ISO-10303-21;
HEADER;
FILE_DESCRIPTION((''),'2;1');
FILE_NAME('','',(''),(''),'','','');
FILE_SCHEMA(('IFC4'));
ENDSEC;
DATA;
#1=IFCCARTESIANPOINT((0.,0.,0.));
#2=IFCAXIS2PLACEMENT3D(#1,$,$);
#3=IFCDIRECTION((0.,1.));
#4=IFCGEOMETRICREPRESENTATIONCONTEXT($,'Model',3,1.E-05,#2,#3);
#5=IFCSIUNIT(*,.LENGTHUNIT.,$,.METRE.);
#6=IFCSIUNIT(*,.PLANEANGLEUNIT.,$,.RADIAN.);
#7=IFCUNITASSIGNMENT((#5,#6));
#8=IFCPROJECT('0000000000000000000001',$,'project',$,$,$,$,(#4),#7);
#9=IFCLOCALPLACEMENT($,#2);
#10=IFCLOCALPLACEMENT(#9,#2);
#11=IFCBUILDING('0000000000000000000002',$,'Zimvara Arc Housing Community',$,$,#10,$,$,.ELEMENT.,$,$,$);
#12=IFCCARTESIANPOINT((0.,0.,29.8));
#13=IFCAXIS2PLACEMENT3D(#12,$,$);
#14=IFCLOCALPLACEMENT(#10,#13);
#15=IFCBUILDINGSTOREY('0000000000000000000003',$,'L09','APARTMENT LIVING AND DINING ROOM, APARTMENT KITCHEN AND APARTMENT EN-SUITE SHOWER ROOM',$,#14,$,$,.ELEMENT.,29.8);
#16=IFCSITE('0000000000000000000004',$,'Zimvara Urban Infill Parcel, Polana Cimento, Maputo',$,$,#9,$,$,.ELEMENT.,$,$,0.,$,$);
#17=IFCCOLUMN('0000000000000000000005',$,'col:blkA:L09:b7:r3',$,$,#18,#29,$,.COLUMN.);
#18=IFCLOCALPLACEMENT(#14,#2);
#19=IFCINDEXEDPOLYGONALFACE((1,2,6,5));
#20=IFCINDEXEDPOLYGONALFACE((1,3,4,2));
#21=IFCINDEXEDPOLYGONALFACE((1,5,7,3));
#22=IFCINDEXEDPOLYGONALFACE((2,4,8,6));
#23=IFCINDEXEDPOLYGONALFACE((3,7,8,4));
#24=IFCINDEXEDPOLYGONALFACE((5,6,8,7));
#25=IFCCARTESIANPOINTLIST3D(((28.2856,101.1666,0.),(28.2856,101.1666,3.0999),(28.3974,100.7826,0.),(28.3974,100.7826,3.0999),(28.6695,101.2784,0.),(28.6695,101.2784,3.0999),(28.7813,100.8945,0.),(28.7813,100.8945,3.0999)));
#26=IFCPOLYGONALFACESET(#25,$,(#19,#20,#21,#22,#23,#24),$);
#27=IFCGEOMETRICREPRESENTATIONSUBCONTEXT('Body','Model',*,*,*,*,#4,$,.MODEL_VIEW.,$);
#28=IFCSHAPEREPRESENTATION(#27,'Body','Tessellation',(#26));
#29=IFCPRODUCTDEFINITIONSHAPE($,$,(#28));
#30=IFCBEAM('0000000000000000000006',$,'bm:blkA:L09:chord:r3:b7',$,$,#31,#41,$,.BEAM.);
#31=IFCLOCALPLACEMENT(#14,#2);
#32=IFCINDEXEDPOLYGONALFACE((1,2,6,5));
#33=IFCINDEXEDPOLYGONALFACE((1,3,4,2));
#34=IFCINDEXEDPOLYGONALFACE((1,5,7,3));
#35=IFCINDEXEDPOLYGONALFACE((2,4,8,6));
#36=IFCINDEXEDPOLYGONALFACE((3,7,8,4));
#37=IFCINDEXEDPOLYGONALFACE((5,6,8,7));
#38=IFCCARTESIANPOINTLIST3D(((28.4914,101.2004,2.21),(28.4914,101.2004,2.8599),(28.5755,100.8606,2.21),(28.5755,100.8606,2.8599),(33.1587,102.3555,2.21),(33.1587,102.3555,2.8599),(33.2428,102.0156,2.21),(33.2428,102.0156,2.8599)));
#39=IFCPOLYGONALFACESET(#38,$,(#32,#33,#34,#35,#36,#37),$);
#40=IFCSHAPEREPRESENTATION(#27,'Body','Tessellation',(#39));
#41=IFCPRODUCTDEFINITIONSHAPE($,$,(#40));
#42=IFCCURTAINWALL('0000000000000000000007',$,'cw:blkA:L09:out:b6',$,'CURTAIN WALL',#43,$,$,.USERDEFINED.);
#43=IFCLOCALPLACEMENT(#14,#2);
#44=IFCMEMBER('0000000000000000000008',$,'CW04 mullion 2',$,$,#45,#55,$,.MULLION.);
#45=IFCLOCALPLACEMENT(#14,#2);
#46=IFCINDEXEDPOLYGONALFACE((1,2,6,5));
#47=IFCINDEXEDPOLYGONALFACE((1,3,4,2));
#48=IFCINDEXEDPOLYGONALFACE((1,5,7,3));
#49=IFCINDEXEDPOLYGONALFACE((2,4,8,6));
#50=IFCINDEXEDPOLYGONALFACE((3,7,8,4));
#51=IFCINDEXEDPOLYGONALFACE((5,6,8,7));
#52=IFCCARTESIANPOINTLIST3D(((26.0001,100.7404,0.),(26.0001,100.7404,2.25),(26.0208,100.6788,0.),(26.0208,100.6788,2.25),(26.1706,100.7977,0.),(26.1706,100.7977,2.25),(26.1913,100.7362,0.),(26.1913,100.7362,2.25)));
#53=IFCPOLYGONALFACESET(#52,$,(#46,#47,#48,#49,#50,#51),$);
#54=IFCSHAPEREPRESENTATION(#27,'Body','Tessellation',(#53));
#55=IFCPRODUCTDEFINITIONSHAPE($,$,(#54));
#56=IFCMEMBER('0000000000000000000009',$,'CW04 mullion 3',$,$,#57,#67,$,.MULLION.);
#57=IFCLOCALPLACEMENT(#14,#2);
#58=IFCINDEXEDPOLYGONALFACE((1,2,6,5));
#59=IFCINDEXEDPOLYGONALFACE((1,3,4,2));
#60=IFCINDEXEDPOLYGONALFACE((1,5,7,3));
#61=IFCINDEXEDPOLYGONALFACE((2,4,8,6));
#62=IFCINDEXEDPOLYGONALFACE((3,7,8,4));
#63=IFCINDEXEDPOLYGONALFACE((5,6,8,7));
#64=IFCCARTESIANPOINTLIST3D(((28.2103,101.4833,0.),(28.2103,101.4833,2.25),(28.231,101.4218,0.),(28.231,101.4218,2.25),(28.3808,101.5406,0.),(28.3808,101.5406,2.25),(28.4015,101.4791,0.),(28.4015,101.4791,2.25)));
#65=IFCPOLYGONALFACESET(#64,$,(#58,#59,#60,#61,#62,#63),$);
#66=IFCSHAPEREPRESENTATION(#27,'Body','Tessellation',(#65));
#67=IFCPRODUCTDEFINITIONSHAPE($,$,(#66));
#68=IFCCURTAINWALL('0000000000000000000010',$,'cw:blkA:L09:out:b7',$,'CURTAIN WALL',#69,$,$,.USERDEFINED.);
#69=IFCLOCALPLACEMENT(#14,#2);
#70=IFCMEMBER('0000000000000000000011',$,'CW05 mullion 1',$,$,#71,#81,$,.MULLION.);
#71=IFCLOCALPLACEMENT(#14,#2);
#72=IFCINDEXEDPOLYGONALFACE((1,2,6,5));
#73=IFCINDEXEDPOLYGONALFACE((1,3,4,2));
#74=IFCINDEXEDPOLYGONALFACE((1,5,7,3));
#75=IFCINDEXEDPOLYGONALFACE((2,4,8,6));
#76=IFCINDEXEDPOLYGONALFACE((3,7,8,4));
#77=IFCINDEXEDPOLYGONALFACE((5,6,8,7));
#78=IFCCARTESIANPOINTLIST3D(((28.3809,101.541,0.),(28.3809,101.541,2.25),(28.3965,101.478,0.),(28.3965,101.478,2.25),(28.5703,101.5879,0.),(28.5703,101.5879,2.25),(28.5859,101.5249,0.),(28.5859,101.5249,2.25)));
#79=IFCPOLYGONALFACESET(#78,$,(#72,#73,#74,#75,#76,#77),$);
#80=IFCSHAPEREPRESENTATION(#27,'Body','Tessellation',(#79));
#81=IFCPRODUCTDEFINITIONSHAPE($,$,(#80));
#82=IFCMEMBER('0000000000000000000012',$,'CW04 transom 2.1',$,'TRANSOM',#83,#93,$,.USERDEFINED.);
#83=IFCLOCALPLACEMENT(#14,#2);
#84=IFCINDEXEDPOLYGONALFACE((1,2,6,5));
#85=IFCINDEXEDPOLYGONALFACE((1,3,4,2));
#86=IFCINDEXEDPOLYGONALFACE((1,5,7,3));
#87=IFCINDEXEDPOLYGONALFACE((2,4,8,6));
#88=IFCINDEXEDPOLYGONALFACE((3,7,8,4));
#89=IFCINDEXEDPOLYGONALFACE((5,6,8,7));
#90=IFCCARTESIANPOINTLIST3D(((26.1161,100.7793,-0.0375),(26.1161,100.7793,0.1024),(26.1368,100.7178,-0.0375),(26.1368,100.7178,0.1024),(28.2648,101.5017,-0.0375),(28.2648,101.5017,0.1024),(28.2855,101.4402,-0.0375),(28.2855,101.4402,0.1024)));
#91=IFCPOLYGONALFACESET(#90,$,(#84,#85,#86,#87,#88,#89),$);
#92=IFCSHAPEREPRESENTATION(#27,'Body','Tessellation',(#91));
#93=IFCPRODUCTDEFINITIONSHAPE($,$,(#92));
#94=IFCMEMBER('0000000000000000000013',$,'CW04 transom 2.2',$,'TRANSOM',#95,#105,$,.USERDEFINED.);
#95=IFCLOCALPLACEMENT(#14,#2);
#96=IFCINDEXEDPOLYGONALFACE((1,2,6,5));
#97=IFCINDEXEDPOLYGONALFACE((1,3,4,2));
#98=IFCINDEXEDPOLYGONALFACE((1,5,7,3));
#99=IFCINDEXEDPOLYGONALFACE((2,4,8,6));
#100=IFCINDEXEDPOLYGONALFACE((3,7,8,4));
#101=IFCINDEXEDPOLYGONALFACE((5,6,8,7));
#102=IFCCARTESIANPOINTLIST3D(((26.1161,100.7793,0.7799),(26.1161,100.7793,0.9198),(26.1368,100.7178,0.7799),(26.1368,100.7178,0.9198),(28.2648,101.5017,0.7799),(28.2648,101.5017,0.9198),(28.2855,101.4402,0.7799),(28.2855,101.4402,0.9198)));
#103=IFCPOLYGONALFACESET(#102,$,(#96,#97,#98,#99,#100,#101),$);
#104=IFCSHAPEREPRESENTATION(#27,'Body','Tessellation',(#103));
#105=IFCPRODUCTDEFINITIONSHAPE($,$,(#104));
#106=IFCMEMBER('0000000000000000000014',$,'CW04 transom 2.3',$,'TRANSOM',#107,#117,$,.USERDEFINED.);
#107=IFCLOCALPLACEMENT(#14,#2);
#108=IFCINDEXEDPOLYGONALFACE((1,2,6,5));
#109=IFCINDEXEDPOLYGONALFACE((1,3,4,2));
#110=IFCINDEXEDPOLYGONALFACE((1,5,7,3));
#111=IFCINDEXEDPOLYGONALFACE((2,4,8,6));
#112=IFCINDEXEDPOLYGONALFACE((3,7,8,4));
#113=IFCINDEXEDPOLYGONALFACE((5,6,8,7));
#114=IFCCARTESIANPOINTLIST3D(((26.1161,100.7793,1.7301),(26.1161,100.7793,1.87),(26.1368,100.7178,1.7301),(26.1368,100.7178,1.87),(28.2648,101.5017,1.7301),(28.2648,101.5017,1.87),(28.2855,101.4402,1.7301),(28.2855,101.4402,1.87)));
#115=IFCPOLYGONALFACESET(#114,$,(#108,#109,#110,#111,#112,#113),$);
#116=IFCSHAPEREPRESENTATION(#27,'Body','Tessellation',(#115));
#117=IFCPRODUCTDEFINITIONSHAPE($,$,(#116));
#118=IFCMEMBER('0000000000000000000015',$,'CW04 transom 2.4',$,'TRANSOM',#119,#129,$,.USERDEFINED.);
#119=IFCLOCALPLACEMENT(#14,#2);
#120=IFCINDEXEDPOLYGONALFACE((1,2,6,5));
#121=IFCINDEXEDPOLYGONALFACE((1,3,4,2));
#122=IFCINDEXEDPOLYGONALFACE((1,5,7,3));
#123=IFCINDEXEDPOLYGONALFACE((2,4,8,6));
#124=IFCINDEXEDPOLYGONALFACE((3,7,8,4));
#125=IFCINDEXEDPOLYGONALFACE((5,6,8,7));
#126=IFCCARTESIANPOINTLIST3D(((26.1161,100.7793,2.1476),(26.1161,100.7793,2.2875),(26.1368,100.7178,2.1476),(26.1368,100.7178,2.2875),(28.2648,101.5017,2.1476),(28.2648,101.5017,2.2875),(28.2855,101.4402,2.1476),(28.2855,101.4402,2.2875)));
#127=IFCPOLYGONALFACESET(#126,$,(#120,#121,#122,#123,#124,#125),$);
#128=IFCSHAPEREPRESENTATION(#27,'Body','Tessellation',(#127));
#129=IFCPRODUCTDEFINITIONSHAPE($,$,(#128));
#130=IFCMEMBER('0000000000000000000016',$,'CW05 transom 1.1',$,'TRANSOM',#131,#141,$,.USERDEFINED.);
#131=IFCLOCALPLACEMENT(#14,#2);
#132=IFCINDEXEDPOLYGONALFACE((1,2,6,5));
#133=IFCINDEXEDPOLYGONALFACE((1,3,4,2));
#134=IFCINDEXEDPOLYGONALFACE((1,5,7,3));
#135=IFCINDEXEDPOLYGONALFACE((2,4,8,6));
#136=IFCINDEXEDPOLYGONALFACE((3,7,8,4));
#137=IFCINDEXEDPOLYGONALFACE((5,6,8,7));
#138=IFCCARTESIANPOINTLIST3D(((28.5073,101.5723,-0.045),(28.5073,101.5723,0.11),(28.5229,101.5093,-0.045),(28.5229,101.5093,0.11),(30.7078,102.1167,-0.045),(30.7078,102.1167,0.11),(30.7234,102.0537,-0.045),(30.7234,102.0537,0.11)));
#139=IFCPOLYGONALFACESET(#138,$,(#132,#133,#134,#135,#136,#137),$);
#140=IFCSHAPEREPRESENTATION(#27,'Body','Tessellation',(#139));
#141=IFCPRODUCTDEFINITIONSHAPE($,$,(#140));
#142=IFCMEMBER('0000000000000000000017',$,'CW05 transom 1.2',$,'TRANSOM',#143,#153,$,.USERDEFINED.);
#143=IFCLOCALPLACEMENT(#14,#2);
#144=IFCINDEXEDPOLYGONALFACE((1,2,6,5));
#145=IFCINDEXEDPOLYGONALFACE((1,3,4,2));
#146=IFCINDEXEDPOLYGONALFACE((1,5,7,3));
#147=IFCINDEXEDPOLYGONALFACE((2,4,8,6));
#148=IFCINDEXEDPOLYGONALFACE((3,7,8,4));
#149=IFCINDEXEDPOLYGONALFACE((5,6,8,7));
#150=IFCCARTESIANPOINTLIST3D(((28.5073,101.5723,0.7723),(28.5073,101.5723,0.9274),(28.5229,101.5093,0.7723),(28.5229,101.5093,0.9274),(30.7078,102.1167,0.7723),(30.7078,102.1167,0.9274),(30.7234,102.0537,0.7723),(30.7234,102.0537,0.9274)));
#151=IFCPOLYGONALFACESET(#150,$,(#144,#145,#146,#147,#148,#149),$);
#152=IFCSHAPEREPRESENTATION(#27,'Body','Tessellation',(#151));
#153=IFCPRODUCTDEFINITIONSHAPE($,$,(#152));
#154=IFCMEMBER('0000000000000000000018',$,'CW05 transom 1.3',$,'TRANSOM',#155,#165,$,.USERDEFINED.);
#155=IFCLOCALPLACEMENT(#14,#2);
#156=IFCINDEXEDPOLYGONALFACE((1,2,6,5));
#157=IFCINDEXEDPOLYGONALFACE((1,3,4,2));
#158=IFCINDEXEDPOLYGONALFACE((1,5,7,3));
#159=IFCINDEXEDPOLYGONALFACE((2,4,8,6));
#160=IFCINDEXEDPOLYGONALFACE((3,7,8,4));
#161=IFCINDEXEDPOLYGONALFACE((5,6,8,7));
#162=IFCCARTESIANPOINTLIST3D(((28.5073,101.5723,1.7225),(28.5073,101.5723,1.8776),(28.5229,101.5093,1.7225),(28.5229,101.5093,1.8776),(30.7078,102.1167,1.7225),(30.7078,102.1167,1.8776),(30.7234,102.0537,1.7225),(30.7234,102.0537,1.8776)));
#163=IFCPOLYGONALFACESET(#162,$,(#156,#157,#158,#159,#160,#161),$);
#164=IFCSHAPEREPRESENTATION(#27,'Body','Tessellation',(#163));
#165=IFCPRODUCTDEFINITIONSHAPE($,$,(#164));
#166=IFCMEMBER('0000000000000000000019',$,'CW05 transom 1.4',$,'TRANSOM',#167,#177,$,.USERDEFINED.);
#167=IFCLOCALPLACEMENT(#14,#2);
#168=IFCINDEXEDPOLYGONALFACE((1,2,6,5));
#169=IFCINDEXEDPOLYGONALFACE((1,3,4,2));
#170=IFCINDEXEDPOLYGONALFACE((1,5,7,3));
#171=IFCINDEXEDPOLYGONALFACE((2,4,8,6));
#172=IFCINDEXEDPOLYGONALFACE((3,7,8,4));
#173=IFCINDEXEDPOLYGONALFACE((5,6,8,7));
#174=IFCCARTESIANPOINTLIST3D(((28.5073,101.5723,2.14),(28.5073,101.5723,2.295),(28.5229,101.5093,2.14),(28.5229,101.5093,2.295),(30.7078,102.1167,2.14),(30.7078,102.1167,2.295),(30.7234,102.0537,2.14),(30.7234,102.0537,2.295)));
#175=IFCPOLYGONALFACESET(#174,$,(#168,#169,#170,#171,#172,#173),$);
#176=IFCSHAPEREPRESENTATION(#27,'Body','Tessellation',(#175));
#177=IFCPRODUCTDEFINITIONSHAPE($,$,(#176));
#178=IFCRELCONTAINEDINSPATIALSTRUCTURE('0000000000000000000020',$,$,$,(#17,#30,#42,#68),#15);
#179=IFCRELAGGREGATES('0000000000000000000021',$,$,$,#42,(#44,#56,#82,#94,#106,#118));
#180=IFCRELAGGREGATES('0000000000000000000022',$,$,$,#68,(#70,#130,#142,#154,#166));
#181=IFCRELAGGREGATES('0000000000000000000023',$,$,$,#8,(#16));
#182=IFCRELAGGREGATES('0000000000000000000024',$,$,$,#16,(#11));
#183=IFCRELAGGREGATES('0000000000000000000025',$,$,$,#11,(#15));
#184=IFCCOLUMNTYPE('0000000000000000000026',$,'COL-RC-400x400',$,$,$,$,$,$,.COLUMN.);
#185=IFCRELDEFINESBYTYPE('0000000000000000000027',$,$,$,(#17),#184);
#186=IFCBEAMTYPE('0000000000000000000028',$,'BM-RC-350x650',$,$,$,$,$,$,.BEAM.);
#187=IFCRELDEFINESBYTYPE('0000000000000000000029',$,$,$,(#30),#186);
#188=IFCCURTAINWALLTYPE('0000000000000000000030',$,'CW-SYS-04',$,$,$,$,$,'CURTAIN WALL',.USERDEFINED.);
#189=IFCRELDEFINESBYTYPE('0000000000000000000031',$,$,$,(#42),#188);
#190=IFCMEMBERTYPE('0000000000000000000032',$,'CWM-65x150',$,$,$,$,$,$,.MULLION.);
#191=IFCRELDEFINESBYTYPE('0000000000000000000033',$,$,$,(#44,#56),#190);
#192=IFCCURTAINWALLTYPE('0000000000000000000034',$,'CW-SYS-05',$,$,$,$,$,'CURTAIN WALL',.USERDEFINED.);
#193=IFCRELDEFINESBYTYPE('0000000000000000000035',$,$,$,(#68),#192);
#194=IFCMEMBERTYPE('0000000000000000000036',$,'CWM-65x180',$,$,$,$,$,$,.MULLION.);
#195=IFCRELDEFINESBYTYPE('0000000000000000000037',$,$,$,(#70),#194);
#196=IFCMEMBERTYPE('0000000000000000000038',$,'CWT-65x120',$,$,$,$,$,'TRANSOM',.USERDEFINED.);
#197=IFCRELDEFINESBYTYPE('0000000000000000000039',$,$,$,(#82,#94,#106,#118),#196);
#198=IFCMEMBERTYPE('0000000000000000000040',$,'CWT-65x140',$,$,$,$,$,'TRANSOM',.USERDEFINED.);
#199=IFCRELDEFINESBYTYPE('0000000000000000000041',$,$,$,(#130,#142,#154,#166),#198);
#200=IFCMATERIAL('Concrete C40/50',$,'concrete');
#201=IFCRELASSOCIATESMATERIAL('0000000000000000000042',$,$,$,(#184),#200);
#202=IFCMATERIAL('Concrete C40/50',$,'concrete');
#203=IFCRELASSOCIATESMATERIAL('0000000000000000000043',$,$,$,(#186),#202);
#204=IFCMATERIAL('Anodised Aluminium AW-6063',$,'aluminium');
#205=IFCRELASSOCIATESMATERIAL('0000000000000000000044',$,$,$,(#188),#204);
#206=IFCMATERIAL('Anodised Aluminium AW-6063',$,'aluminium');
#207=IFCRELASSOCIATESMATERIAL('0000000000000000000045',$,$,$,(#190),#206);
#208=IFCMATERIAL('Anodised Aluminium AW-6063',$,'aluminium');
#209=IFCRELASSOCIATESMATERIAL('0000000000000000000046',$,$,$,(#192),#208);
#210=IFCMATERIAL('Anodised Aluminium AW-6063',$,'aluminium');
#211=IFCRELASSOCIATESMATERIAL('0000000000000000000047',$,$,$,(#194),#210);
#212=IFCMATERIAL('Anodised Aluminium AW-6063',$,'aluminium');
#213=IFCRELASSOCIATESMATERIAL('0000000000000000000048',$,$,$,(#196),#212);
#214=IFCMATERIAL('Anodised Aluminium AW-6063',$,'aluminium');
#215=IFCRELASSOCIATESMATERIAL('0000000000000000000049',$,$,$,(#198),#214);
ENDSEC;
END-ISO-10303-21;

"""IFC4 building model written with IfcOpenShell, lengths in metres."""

from ifc_helpers import new_model, si_unit, direction, frame, origin, origin_2d, place, context, subcontext, project, spatial, rectangle, extrude, material, material_profile, profile_set, type_object, element, aggregate, save


model = new_model("IFC4")

# Units and contexts
model_context = context("Model", 3, precision=1e-05, world=origin(), true_north=direction((0.0, 1.0)))
body_context = subcontext(model_context, "Body", "Model", "MODEL_VIEW")
ifc_project = project(units=[si_unit("LENGTHUNIT", "METRE"), si_unit("PLANEANGLEUNIT", "RADIAN")], contexts=[model_context])

# Site, building, storey
site_placement = place(None, origin())
site = spatial("IfcSite", under=ifc_project, at=site_placement, Name="Zimvara Urban Infill Parcel, Polana Cimento, Maputo", CompositionType="ELEMENT", RefElevation=0.0)
building_placement = place(site_placement, origin())
building = spatial("IfcBuilding", under=site, at=building_placement, Name="Zimvara Arc Housing Community", CompositionType="ELEMENT")
storey_placement = place(building_placement, frame((0.0, 0.0, 29.8)))
storey = spatial("IfcBuildingStorey", under=building, at=storey_placement, Name="L09", Description="APARTMENT LIVING AND DINING ROOM, APARTMENT KITCHEN AND APARTMENT EN-SUITE SHOWER ROOM", CompositionType="ELEMENT", Elevation=29.8)

# Column
ifc_material_1 = material(Name="Concrete C40/50", Category="concrete")
ifc_material_profile_1 = material_profile(ifc_material_1, rectangle(XDim=0.3999, YDim=0.3999, at=origin_2d()), Name="RC 400x400")
ifc_profile_set_1 = profile_set([ifc_material_profile_1], Name="Concrete C40/50")
column_type = type_object("IfcColumnType", Name="COL-RC-400x400", PredefinedType="COLUMN", material=ifc_profile_set_1)
column_placement = place(storey_placement, frame((28.5334, 101.0305, 0.0), z_axis=(0.0, 0.0, 1.0), x_axis=(-0.279661, 0.960099, 0.0)))
element("IfcColumn", 1, at=column_placement, inside=storey, type_object=column_type, Name="col:blkA:L09:b7:r3", PredefinedType="COLUMN", context=body_context, shape_type="SweptSolid", body=[
    extrude(rectangle(XDim=0.3999, YDim=0.3999, at=origin_2d()), origin(), (0.0, 0.0, 1.0), 3.0999),
])

# Beam
ifc_material_2 = material(Name="Concrete C40/50", Category="concrete")
ifc_material_profile_2 = material_profile(ifc_material_2, rectangle(XDim=0.3501, YDim=0.6499, at=origin_2d()), Name="RC 350x650")
ifc_profile_set_2 = profile_set([ifc_material_profile_2], Name="Concrete C40/50")
beam_type = type_object("IfcBeamType", Name="BM-RC-350x650", PredefinedType="BEAM", material=ifc_profile_set_2)
beam_placement = place(storey_placement, frame((28.5334, 101.0305, 2.5349), z_axis=(0.970716, 0.240229, 0.0), x_axis=(-0.240229, 0.970716, 0.0)))
element("IfcBeam", 2, at=beam_placement, inside=storey, type_object=beam_type, Name="bm:blkA:L09:chord:r3:b7", PredefinedType="BEAM", context=body_context, shape_type="SweptSolid", body=[
    extrude(rectangle(XDim=0.3501, YDim=0.6499, at=origin_2d()), origin(), (0.0, 0.0, 1.0), 4.8081),
])

# Curtain wall, members
ifc_material_3 = material(Name="Anodised Aluminium AW-6063", Category="aluminium")
curtain_wall_type_1 = type_object("IfcCurtainWallType", Name="CW-SYS-04", ElementType="CURTAIN WALL", PredefinedType="USERDEFINED", material=ifc_material_3)
curtain_wall_1_placement = place(storey_placement, origin())
curtain_wall_1 = element("IfcCurtainWall", 3, at=curtain_wall_1_placement, inside=storey, type_object=curtain_wall_type_1, Name="cw:blkA:L09:out:b6", ObjectType="CURTAIN WALL", PredefinedType="USERDEFINED")
ifc_material_4 = material(Name="Anodised Aluminium AW-6063", Category="aluminium")
ifc_material_profile_3 = material_profile(ifc_material_4, rectangle(XDim=0.0649, YDim=0.1799, at=origin_2d()), Name="ALU 65x180")
ifc_profile_set_3 = profile_set([ifc_material_profile_3], Name="Anodised Aluminium AW-6063")
member_type_1 = type_object("IfcMemberType", Name="CWM-65x150", PredefinedType="MULLION", material=ifc_profile_set_3)
member_1_placement = place(storey_placement, frame((26.0957, 100.7383, 0.0), z_axis=(0.0, 0.0, 1.0), x_axis=(-0.318629, 0.94788, 0.0)))
member_1 = element("IfcMember", 4, at=member_1_placement, type_object=member_type_1, Name="CW04 mullion 2", PredefinedType="MULLION", context=body_context, shape_type="SweptSolid", body=[
    extrude(rectangle(XDim=0.0649, YDim=0.1799, at=origin_2d()), origin(), (0.0, 0.0, 1.0), 2.25),
])
member_2_placement = place(storey_placement, frame((28.3059, 101.4812, 0.0), z_axis=(0.0, 0.0, 1.0), x_axis=(-0.318629, 0.94788, 0.0)))
member_2 = element("IfcMember", 5, at=member_2_placement, type_object=member_type_1, Name="CW04 mullion 3", PredefinedType="MULLION", context=body_context, shape_type="SweptSolid", body=[
    extrude(rectangle(XDim=0.0649, YDim=0.1799, at=origin_2d()), origin(), (0.0, 0.0, 1.0), 2.25),
])

# Curtain wall, member
ifc_material_5 = material(Name="Anodised Aluminium AW-6063", Category="aluminium")
curtain_wall_type_2 = type_object("IfcCurtainWallType", Name="CW-SYS-05", ElementType="CURTAIN WALL", PredefinedType="USERDEFINED", material=ifc_material_5)
curtain_wall_2_placement = place(storey_placement, origin())
curtain_wall_2 = element("IfcCurtainWall", 6, at=curtain_wall_2_placement, inside=storey, type_object=curtain_wall_type_2, Name="cw:blkA:L09:out:b7", ObjectType="CURTAIN WALL", PredefinedType="USERDEFINED")
ifc_material_6 = material(Name="Anodised Aluminium AW-6063", Category="aluminium")
ifc_material_profile_4 = material_profile(ifc_material_6, rectangle(XDim=0.0649, YDim=0.1951, at=origin_2d()), Name="ALU 65x195")
ifc_profile_set_4 = profile_set([ifc_material_profile_4], Name="Anodised Aluminium AW-6063")
member_type_2 = type_object("IfcMemberType", Name="CWM-65x180", PredefinedType="MULLION", material=ifc_profile_set_4)
member_3_placement = place(storey_placement, frame((28.4834, 101.533, 0.0), z_axis=(0.0, 0.0, 1.0), x_axis=(-0.24023, 0.970716, 0.0)))
member_3 = element("IfcMember", 7, at=member_3_placement, type_object=member_type_2, Name="CW05 mullion 1", PredefinedType="MULLION", context=body_context, shape_type="SweptSolid", body=[
    extrude(rectangle(XDim=0.0649, YDim=0.1951, at=origin_2d()), origin(), (0.0, 0.0, 1.0), 2.25),
])

# Members
ifc_material_7 = material(Name="Anodised Aluminium AW-6063", Category="aluminium")
ifc_material_profile_5 = material_profile(ifc_material_7, rectangle(XDim=0.0649, YDim=0.1399, at=origin_2d()), Name="ALU 65x140")
ifc_profile_set_5 = profile_set([ifc_material_profile_5], Name="Anodised Aluminium AW-6063")
member_type_3 = type_object("IfcMemberType", Name="CWT-65x120", ElementType="TRANSOM", PredefinedType="USERDEFINED", material=ifc_profile_set_5)
member_4_placement = place(storey_placement, frame((26.1265, 100.7485, 0.0325), z_axis=(0.947862, 0.318682, 0.0), x_axis=(-0.318682, 0.947862, 0.0)))
member_4 = element("IfcMember", 8, at=member_4_placement, type_object=member_type_3, Name="CW04 transom 2.1", ObjectType="TRANSOM", PredefinedType="USERDEFINED", context=body_context, shape_type="SweptSolid", body=[
    extrude(rectangle(XDim=0.0649, YDim=0.1399, at=origin_2d()), origin(), (0.0, 0.0, 1.0), 2.2668),
])
member_5_placement = place(storey_placement, frame((26.1265, 100.7485, 0.8499), z_axis=(0.947862, 0.318682, 0.0), x_axis=(-0.318682, 0.947862, 0.0)))
member_5 = element("IfcMember", 9, at=member_5_placement, type_object=member_type_3, Name="CW04 transom 2.2", ObjectType="TRANSOM", PredefinedType="USERDEFINED", context=body_context, shape_type="SweptSolid", body=[
    extrude(rectangle(XDim=0.0649, YDim=0.1399, at=origin_2d()), origin(), (0.0, 0.0, 1.0), 2.2668),
])
member_6_placement = place(storey_placement, frame((26.1265, 100.7485, 1.8), z_axis=(0.947862, 0.318682, 0.0), x_axis=(-0.318682, 0.947862, 0.0)))
member_6 = element("IfcMember", 10, at=member_6_placement, type_object=member_type_3, Name="CW04 transom 2.3", ObjectType="TRANSOM", PredefinedType="USERDEFINED", context=body_context, shape_type="SweptSolid", body=[
    extrude(rectangle(XDim=0.0649, YDim=0.1399, at=origin_2d()), origin(), (0.0, 0.0, 1.0), 2.2668),
])
member_7_placement = place(storey_placement, frame((26.1265, 100.7485, 2.2175), z_axis=(0.947862, 0.318682, 0.0), x_axis=(-0.318682, 0.947862, 0.0)))
member_7 = element("IfcMember", 11, at=member_7_placement, type_object=member_type_3, Name="CW04 transom 2.4", ObjectType="TRANSOM", PredefinedType="USERDEFINED", context=body_context, shape_type="SweptSolid", body=[
    extrude(rectangle(XDim=0.0649, YDim=0.1399, at=origin_2d()), origin(), (0.0, 0.0, 1.0), 2.2668),
])
ifc_material_8 = material(Name="Anodised Aluminium AW-6063", Category="aluminium")
ifc_material_profile_6 = material_profile(ifc_material_8, rectangle(XDim=0.0649, YDim=0.155, at=origin_2d()), Name="ALU 65x155")
ifc_profile_set_6 = profile_set([ifc_material_profile_6], Name="Anodised Aluminium AW-6063")
member_type_4 = type_object("IfcMemberType", Name="CWT-65x140", ElementType="TRANSOM", PredefinedType="USERDEFINED", material=ifc_profile_set_6)
member_8_placement = place(storey_placement, frame((28.5151, 101.5408, 0.0325), z_axis=(0.970729, 0.240178, 0.0), x_axis=(-0.240178, 0.970729, 0.0)))
member_8 = element("IfcMember", 12, at=member_8_placement, type_object=member_type_4, Name="CW05 transom 1.1", ObjectType="TRANSOM", PredefinedType="USERDEFINED", context=body_context, shape_type="SweptSolid", body=[
    extrude(rectangle(XDim=0.0649, YDim=0.155, at=origin_2d()), origin(), (0.0, 0.0, 1.0), 2.2668),
])
member_9_placement = place(storey_placement, frame((28.5151, 101.5408, 0.8499), z_axis=(0.970729, 0.240178, 0.0), x_axis=(-0.240178, 0.970729, 0.0)))
member_9 = element("IfcMember", 13, at=member_9_placement, type_object=member_type_4, Name="CW05 transom 1.2", ObjectType="TRANSOM", PredefinedType="USERDEFINED", context=body_context, shape_type="SweptSolid", body=[
    extrude(rectangle(XDim=0.0649, YDim=0.155, at=origin_2d()), origin(), (0.0, 0.0, 1.0), 2.2668),
])
member_10_placement = place(storey_placement, frame((28.5151, 101.5408, 1.8), z_axis=(0.970729, 0.240178, 0.0), x_axis=(-0.240178, 0.970729, 0.0)))
member_10 = element("IfcMember", 14, at=member_10_placement, type_object=member_type_4, Name="CW05 transom 1.3", ObjectType="TRANSOM", PredefinedType="USERDEFINED", context=body_context, shape_type="SweptSolid", body=[
    extrude(rectangle(XDim=0.0649, YDim=0.155, at=origin_2d()), origin(), (0.0, 0.0, 1.0), 2.2668),
])
member_11_placement = place(storey_placement, frame((28.5151, 101.5408, 2.2175), z_axis=(0.970729, 0.240178, 0.0), x_axis=(-0.240178, 0.970729, 0.0)))
member_11 = element("IfcMember", 15, at=member_11_placement, type_object=member_type_4, Name="CW05 transom 1.4", ObjectType="TRANSOM", PredefinedType="USERDEFINED", context=body_context, shape_type="SweptSolid", body=[
    extrude(rectangle(XDim=0.0649, YDim=0.155, at=origin_2d()), origin(), (0.0, 0.0, 1.0), 2.2668),
])

aggregate(curtain_wall_1, [member_1, member_2, member_4, member_5, member_6, member_7])
aggregate(curtain_wall_2, [member_3, member_8, member_9, member_10, member_11])

save(model, "model.ifc")
